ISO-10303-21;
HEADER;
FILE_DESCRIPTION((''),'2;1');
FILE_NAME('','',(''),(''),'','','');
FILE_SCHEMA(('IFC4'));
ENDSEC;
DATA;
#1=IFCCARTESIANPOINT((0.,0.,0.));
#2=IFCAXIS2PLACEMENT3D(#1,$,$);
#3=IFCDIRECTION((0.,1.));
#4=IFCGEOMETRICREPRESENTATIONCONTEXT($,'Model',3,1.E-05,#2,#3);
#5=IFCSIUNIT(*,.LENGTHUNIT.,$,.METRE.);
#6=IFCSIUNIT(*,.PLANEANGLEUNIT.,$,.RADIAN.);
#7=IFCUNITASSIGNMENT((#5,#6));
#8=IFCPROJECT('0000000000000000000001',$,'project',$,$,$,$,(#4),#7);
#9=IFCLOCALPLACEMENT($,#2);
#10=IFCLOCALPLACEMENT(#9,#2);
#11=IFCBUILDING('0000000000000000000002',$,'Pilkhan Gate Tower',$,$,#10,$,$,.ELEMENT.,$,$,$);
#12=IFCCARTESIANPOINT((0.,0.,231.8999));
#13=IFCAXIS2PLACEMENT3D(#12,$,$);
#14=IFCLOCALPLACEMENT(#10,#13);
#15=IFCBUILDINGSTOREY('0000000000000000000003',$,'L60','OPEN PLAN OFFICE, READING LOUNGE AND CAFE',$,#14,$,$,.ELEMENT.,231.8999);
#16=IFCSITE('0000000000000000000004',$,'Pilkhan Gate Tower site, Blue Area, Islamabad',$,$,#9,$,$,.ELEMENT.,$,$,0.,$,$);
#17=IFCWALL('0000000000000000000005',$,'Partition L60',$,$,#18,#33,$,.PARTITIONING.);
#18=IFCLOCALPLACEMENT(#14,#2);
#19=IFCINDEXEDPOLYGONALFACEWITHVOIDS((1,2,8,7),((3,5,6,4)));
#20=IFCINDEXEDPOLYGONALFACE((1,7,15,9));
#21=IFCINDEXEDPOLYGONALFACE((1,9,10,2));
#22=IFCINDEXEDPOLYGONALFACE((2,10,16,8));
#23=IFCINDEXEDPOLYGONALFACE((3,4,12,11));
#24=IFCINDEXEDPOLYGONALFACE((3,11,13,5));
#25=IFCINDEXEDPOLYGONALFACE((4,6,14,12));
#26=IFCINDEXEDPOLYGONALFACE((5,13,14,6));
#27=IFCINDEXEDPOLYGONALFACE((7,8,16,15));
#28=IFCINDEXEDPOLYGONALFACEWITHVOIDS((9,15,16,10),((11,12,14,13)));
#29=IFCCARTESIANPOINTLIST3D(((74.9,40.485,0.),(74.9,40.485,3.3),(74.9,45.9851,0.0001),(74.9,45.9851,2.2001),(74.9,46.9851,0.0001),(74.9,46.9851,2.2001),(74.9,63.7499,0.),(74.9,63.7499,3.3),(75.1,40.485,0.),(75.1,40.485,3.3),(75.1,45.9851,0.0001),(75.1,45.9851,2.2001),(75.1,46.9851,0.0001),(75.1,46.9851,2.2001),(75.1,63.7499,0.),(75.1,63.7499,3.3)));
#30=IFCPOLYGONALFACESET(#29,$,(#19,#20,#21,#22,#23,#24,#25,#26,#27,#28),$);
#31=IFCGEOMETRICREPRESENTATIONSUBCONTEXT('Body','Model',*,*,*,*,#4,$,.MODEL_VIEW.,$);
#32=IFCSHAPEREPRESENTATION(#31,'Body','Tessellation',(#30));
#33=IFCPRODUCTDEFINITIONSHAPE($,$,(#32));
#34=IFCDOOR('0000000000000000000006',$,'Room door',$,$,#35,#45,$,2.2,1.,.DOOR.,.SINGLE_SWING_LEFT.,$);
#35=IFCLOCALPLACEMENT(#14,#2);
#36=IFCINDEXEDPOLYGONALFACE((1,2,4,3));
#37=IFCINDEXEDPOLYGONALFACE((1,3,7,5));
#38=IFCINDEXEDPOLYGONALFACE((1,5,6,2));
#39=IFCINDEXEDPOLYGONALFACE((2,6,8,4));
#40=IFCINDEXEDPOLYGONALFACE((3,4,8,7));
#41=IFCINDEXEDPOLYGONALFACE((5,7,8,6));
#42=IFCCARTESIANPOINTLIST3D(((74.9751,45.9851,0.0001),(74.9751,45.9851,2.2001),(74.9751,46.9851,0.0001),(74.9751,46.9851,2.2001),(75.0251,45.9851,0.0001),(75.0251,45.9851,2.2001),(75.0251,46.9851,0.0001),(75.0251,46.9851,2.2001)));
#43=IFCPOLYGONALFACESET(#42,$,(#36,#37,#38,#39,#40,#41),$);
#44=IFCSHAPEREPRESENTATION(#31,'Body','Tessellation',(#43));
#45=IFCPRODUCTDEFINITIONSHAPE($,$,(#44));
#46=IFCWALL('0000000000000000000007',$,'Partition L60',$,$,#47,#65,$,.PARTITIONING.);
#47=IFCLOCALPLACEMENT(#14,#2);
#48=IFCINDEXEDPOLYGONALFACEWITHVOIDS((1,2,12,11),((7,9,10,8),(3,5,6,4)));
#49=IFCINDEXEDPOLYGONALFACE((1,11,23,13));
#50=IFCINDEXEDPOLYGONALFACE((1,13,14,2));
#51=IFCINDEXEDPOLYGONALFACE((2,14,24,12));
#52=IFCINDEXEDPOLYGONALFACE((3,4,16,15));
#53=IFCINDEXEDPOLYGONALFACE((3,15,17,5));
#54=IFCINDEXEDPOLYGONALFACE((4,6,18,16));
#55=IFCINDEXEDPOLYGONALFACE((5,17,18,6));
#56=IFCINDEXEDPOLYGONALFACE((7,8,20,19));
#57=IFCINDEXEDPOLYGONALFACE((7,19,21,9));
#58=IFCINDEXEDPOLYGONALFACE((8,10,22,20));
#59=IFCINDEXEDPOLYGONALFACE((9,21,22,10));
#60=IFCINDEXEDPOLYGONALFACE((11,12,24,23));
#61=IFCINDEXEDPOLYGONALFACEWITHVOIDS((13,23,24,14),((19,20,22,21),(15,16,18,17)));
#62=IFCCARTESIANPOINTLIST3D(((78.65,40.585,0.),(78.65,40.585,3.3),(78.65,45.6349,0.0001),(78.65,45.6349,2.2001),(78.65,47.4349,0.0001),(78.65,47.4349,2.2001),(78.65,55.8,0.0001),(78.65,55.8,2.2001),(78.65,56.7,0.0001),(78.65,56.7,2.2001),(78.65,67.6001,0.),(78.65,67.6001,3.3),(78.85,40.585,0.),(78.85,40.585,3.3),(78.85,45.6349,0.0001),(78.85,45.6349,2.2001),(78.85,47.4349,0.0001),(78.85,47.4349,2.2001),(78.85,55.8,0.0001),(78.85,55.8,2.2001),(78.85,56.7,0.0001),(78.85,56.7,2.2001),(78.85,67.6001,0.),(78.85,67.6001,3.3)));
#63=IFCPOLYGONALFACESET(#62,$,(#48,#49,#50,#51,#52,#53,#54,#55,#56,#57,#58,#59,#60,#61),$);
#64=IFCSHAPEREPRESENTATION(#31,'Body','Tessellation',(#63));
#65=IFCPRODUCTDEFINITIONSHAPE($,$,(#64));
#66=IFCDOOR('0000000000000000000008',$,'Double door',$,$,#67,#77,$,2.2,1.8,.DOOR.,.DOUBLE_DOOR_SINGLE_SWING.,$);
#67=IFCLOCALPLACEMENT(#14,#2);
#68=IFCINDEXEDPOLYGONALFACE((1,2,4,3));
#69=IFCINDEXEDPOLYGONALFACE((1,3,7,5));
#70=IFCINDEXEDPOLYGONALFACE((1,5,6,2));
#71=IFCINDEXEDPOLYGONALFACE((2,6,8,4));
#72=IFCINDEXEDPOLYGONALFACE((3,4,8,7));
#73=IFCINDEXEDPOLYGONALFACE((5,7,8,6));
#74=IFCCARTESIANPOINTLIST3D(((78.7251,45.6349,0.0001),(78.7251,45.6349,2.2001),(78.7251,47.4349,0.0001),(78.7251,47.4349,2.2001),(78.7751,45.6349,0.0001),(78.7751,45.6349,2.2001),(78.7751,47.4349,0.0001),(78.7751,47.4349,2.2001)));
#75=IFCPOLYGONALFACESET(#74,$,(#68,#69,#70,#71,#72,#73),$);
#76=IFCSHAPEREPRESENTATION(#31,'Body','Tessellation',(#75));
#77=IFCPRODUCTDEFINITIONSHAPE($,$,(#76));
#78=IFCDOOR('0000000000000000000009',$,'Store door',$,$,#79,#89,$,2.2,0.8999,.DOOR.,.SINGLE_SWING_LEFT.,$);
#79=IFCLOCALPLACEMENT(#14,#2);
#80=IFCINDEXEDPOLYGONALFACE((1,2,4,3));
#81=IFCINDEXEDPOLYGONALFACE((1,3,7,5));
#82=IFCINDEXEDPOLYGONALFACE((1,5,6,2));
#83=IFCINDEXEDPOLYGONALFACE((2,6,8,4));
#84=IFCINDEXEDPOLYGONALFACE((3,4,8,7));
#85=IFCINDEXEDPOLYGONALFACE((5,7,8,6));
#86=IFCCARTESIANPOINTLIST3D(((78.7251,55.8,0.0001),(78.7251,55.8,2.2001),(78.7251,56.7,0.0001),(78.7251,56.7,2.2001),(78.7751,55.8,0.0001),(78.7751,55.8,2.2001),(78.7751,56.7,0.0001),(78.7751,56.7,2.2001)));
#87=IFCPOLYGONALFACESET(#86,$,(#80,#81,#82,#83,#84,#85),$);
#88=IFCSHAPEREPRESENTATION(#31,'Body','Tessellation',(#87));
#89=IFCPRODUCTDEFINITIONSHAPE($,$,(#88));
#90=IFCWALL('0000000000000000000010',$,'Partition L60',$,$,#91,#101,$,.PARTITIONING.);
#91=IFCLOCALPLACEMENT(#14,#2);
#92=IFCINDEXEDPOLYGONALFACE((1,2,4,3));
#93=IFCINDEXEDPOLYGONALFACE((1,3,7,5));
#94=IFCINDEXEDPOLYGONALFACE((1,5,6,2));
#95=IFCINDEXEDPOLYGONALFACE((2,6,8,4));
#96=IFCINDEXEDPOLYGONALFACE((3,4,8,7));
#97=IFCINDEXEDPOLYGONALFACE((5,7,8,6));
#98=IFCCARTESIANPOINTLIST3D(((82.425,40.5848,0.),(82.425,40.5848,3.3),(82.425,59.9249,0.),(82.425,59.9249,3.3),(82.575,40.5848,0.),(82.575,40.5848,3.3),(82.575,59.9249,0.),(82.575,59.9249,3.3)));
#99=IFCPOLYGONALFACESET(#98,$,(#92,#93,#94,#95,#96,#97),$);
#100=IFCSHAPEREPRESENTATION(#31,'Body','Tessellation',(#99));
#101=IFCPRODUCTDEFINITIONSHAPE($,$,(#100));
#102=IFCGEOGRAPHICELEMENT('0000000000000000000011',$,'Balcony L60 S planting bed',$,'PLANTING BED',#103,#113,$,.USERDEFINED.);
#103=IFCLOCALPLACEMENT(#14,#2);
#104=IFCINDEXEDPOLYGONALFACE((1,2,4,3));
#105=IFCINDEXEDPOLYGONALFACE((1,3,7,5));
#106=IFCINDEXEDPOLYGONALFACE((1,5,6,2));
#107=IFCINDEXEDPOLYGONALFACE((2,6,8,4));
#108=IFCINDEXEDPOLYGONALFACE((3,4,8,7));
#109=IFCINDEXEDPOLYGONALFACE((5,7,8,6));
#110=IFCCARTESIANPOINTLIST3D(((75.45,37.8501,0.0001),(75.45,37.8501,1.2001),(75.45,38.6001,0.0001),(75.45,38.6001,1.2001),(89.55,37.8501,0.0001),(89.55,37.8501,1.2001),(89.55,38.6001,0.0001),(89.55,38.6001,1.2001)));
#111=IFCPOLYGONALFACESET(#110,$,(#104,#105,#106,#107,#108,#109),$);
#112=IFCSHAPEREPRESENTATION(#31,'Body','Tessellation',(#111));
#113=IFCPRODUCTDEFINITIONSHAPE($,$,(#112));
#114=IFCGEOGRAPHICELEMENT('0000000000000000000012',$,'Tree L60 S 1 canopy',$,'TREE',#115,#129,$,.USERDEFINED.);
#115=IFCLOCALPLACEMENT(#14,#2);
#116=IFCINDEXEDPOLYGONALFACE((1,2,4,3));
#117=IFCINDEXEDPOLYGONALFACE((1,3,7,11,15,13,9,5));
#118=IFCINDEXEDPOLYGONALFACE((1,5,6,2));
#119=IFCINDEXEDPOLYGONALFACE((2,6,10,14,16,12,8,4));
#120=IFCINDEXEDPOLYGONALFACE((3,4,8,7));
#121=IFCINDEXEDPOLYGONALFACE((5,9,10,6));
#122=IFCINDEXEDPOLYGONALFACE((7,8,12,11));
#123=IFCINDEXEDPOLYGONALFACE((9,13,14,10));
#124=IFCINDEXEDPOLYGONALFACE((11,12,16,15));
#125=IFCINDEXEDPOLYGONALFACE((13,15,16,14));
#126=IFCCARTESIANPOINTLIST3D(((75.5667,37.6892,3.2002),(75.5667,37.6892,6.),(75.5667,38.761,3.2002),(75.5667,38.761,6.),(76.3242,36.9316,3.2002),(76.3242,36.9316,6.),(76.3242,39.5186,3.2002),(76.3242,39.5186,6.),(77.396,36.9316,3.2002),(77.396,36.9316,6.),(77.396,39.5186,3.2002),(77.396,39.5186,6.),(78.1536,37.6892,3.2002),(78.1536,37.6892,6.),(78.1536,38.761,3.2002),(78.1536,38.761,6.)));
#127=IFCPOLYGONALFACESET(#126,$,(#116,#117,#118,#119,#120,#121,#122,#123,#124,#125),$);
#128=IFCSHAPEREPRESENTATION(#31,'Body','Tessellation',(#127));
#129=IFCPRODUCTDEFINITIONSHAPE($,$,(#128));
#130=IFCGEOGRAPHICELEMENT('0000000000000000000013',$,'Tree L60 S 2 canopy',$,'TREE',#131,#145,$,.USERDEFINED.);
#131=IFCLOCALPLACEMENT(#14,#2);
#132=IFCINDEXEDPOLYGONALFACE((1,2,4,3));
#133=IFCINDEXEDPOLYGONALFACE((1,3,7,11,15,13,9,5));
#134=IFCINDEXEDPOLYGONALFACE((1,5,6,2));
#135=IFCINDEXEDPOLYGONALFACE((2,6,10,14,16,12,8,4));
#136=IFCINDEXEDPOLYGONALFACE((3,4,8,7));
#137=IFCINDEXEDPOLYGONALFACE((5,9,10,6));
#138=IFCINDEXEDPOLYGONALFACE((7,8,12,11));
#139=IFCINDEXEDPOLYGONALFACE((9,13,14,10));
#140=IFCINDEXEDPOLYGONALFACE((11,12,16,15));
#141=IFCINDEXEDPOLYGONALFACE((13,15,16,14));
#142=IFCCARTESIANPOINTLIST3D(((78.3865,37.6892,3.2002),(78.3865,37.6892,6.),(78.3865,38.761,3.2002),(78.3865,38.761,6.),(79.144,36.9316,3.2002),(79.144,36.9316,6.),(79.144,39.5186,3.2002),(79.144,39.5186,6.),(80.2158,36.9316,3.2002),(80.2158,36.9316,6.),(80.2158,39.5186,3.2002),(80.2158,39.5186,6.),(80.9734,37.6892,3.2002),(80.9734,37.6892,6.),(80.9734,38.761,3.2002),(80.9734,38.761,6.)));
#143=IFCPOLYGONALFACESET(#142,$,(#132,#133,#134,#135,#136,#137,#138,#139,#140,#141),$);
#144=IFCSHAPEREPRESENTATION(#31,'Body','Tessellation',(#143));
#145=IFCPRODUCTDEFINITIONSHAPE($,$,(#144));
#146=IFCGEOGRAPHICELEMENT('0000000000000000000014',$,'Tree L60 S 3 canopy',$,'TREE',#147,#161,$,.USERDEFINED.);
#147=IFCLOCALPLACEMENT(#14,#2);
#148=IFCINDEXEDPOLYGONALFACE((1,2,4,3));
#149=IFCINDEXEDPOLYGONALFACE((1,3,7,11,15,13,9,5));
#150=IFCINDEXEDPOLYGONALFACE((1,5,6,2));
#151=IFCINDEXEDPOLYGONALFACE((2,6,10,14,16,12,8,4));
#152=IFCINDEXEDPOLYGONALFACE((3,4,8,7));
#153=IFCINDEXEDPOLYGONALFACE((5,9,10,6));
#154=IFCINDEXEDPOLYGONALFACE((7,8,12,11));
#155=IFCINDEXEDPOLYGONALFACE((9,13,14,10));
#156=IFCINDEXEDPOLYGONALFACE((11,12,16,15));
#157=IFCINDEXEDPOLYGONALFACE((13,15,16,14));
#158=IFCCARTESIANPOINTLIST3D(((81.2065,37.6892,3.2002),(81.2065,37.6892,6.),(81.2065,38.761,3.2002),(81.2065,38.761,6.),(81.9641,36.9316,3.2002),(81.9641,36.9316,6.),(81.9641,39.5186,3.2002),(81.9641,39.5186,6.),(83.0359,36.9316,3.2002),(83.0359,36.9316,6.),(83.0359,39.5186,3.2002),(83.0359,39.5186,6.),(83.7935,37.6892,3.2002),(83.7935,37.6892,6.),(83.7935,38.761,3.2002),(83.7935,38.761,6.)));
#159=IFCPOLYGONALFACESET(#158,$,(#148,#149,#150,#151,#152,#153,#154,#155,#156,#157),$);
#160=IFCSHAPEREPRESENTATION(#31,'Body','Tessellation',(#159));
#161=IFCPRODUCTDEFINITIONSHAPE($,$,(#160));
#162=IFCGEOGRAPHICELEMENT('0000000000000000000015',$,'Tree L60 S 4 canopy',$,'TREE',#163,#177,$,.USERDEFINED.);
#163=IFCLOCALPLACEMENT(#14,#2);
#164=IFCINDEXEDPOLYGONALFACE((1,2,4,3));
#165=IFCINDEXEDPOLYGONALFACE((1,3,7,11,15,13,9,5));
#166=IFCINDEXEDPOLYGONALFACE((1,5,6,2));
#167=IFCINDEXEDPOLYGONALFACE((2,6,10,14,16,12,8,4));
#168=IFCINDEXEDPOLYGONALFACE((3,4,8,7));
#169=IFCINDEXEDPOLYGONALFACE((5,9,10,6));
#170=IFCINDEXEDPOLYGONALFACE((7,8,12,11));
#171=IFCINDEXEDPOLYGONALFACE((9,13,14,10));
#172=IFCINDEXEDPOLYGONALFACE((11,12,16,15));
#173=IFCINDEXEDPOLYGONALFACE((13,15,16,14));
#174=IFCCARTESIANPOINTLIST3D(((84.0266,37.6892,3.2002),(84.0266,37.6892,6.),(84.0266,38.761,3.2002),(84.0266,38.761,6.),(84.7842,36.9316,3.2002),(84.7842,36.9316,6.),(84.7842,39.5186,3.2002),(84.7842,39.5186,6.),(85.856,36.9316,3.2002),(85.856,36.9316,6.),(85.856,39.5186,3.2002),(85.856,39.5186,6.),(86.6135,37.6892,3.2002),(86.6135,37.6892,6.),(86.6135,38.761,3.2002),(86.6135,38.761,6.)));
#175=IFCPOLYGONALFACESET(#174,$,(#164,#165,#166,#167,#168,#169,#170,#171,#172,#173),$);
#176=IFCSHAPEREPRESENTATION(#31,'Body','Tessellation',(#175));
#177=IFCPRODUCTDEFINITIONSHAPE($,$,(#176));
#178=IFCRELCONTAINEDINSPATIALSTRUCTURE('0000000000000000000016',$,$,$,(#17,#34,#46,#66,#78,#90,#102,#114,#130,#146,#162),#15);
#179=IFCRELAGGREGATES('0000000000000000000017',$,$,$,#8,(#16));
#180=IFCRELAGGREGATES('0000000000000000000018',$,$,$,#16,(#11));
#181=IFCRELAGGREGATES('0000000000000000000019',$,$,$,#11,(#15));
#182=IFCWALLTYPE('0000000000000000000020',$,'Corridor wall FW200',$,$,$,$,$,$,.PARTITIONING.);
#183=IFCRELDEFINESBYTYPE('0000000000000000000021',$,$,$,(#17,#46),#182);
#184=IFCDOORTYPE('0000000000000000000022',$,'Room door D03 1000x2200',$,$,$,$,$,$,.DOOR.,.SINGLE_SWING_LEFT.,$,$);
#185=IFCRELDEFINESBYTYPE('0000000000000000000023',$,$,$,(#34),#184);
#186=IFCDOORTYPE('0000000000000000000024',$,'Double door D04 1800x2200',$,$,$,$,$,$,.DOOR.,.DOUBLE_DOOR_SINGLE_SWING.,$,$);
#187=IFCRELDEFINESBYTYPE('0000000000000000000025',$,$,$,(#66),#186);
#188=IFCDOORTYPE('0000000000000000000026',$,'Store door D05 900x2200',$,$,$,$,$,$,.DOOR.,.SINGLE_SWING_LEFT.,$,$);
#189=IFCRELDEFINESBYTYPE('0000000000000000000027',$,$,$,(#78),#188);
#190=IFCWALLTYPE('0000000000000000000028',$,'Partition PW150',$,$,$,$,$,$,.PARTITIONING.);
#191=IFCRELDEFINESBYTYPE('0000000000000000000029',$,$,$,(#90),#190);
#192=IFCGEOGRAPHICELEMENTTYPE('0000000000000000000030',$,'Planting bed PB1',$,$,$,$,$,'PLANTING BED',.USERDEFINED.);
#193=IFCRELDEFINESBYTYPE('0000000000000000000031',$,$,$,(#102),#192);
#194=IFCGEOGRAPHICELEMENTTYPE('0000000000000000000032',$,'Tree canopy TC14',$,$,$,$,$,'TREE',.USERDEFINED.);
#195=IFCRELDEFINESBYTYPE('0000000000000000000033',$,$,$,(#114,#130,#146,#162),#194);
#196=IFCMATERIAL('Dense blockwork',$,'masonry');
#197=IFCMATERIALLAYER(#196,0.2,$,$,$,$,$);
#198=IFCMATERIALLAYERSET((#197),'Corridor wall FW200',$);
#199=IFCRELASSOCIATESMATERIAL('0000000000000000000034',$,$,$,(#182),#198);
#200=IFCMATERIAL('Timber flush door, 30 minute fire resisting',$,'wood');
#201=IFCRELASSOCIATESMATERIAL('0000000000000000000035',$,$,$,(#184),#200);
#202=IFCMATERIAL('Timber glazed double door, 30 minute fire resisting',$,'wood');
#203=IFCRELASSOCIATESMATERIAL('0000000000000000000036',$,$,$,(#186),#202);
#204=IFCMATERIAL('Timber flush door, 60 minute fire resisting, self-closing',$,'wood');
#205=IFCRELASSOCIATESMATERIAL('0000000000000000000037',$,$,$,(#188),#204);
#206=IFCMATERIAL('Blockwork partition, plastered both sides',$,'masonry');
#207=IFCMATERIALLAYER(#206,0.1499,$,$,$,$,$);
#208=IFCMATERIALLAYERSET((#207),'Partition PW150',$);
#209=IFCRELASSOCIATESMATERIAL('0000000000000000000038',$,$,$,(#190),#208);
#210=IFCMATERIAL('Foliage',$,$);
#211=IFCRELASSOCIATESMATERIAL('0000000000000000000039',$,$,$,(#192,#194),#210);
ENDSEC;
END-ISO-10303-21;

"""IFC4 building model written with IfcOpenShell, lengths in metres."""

from ifc_helpers import new_model, si_unit, direction, frame, frame_2d, origin, origin_2d, place, context, subcontext, project, spatial, polyline, rectangle, outline, extrude, material, layer, layer_set, material_profile, profile_set, type_object, element, fill, save


model = new_model("IFC4")

# Units and contexts
model_context = context("Model", 3, precision=1e-05, world=origin(), true_north=direction((0.0, 1.0)))
body_context = subcontext(model_context, "Body", "Model", "MODEL_VIEW")
ifc_project = project(units=[si_unit("LENGTHUNIT", "METRE"), si_unit("PLANEANGLEUNIT", "RADIAN")], contexts=[model_context])

# Site, building, storey
site_placement = place(None, origin())
site = spatial("IfcSite", under=ifc_project, at=site_placement, Name="Pilkhan Gate Tower site, Blue Area, Islamabad", CompositionType="ELEMENT", RefElevation=0.0)
building_placement = place(site_placement, origin())
building = spatial("IfcBuilding", under=site, at=building_placement, Name="Pilkhan Gate Tower", CompositionType="ELEMENT")
storey_placement = place(building_placement, frame((0.0, 0.0, 231.8999)))
storey = spatial("IfcBuildingStorey", under=building, at=storey_placement, Name="L60", Description="OPEN PLAN OFFICE, READING LOUNGE AND CAFE", CompositionType="ELEMENT", Elevation=231.8999)

# Wall, opening, door
ifc_material_1 = material(Name="Dense blockwork", Category="masonry")
ifc_layer_1 = layer(ifc_material_1, 0.2)
ifc_layer_set_1 = layer_set([ifc_layer_1], Name="Corridor wall FW200")
wall_type_1 = type_object("IfcWallType", Name="Corridor wall FW200", PredefinedType="PARTITIONING", material=ifc_layer_set_1)
wall_1_placement = place(storey_placement, frame((75.0, 40.4851, 0.0), z_axis=(0.0, 0.0, 1.0), x_axis=(0.0, 1.0, 0.0)))
wall_1 = element("IfcWall", 1, at=wall_1_placement, inside=storey, type_object=wall_type_1, Name="Partition L60", PredefinedType="PARTITIONING", context=body_context, shape_type="SweptSolid", body=[
    extrude(rectangle(XDim=23.2649, YDim=0.2, at=frame_2d((11.6323, 0.0))), origin(), (0.0, 0.0, 1.0), 3.3),
])
opening_1_placement = place(wall_1_placement, frame((5.5, 0.0, 0.0)))
opening_1 = element("IfcOpeningElement", 2, at=opening_1_placement, cuts=wall_1, PredefinedType="OPENING", context=body_context, shape_type="SweptSolid", body=[
    extrude(rectangle(XDim=1.0, YDim=2.2, at=frame_2d((0.5, 1.1001))), frame((0.0, 0.1099, 0.0), z_axis=(0.0, -1.0, 0.0), x_axis=(1.0, 0.0, 0.0)), (0.0, 0.0, 1.0), 0.22),
])
ifc_material_2 = material(Name="Timber flush door, 30 minute fire resisting", Category="wood")
door_type_1 = type_object("IfcDoorType", Name="Room door D03 1000x2200", OperationType="SINGLE_SWING_LEFT", PredefinedType="DOOR", material=ifc_material_2)
door_1_placement = place(opening_1_placement, origin())
door_1 = element("IfcDoor", 3, at=door_1_placement, inside=storey, type_object=door_type_1, Name="Room door", OperationType="SINGLE_SWING_LEFT", OverallHeight=2.2, OverallWidth=1.0, PredefinedType="DOOR", context=body_context, shape_type="SweptSolid", body=[
    extrude(rectangle(XDim=1.0, YDim=2.2, at=frame_2d((0.5, 1.1001))), frame((0.0, 0.0249, 0.0), z_axis=(0.0, -1.0, 0.0), x_axis=(1.0, 0.0, 0.0)), (0.0, 0.0, 1.0), 0.05),
])
fill(opening_1, door_1)

# Wall, openings, doors
wall_2_placement = place(storey_placement, frame((78.75, 40.585, 0.0), z_axis=(0.0, 0.0, 1.0), x_axis=(0.0, 1.0, 0.0)))
wall_2 = element("IfcWall", 4, at=wall_2_placement, inside=storey, type_object=wall_type_1, Name="Partition L60", PredefinedType="PARTITIONING", context=body_context, shape_type="SweptSolid", body=[
    extrude(rectangle(XDim=27.0151, YDim=0.2, at=frame_2d((13.5076, 0.0))), origin(), (0.0, 0.0, 1.0), 3.3),
])
opening_2_placement = place(wall_2_placement, frame((5.05, 0.0, 0.0)))
opening_2 = element("IfcOpeningElement", 5, at=opening_2_placement, cuts=wall_2, PredefinedType="OPENING", context=body_context, shape_type="SweptSolid", body=[
    extrude(rectangle(XDim=1.8, YDim=2.2, at=frame_2d((0.8999, 1.1001))), frame((0.0, 0.1099, 0.0), z_axis=(0.0, -1.0, 0.0), x_axis=(1.0, 0.0, 0.0)), (0.0, 0.0, 1.0), 0.22),
])
opening_3_placement = place(wall_2_placement, frame((15.2151, 0.0, 0.0)))
opening_3 = element("IfcOpeningElement", 6, at=opening_3_placement, cuts=wall_2, PredefinedType="OPENING", context=body_context, shape_type="SweptSolid", body=[
    extrude(rectangle(XDim=0.8999, YDim=2.2, at=frame_2d((0.45, 1.1001))), frame((0.0, 0.1099, 0.0), z_axis=(0.0, -1.0, 0.0), x_axis=(1.0, 0.0, 0.0)), (0.0, 0.0, 1.0), 0.22),
])
ifc_material_3 = material(Name="Timber glazed double door, 30 minute fire resisting", Category="wood")
door_type_2 = type_object("IfcDoorType", Name="Double door D04 1800x2200", OperationType="DOUBLE_DOOR_SINGLE_SWING", PredefinedType="DOOR", material=ifc_material_3)
door_2_placement = place(opening_2_placement, origin())
door_2 = element("IfcDoor", 7, at=door_2_placement, inside=storey, type_object=door_type_2, Name="Double door", OperationType="DOUBLE_DOOR_SINGLE_SWING", OverallHeight=2.2, OverallWidth=1.8, PredefinedType="DOOR", context=body_context, shape_type="SweptSolid", body=[
    extrude(rectangle(XDim=1.8, YDim=2.2, at=frame_2d((0.8999, 1.1001))), frame((0.0, 0.0249, 0.0), z_axis=(0.0, -1.0, 0.0), x_axis=(1.0, 0.0, 0.0)), (0.0, 0.0, 1.0), 0.05),
])
fill(opening_2, door_2)
ifc_material_4 = material(Name="Timber flush door, 60 minute fire resisting, self-closing", Category="wood")
door_type_3 = type_object("IfcDoorType", Name="Store door D05 900x2200", OperationType="SINGLE_SWING_LEFT", PredefinedType="DOOR", material=ifc_material_4)
door_3_placement = place(opening_3_placement, origin())
door_3 = element("IfcDoor", 8, at=door_3_placement, inside=storey, type_object=door_type_3, Name="Store door", OperationType="SINGLE_SWING_LEFT", OverallHeight=2.2, OverallWidth=0.8999, PredefinedType="DOOR", context=body_context, shape_type="SweptSolid", body=[
    extrude(rectangle(XDim=0.8999, YDim=2.2, at=frame_2d((0.45, 1.1001))), frame((0.0, 0.0249, 0.0), z_axis=(0.0, -1.0, 0.0), x_axis=(1.0, 0.0, 0.0)), (0.0, 0.0, 1.0), 0.05),
])
fill(opening_3, door_3)

# Wall
ifc_material_5 = material(Name="Blockwork partition, plastered both sides", Category="masonry")
ifc_layer_2 = layer(ifc_material_5, 0.1499)
ifc_layer_set_2 = layer_set([ifc_layer_2], Name="Partition PW150")
wall_type_2 = type_object("IfcWallType", Name="Partition PW150", PredefinedType="PARTITIONING", material=ifc_layer_set_2)
wall_3_placement = place(storey_placement, frame((82.5, 40.585, 0.0), z_axis=(0.0, 0.0, 1.0), x_axis=(0.0, 1.0, 0.0)))
element("IfcWall", 9, at=wall_3_placement, inside=storey, type_object=wall_type_2, Name="Partition L60", PredefinedType="PARTITIONING", context=body_context, shape_type="SweptSolid", body=[
    extrude(rectangle(XDim=19.3401, YDim=0.1499, at=frame_2d((9.6699, 0.0))), origin(), (0.0, 0.0, 1.0), 3.3),
])

# Geographic elements
ifc_material_6 = material(Name="Foliage")
ifc_material_profile_1 = material_profile(ifc_material_6, rectangle(XDim=0.75, YDim=1.2, at=origin_2d()), Name="Bed 750x1200")
ifc_profile_set_1 = profile_set([ifc_material_profile_1], Name="Foliage")
geographic_element_type_1 = type_object("IfcGeographicElementType", Name="Planting bed PB1", ElementType="PLANTING BED", PredefinedType="USERDEFINED", material=ifc_profile_set_1)
geographic_element_placement = place(storey_placement, frame((75.45, 38.2251, 0.6001), z_axis=(1.0, 0.0, 0.0), x_axis=(0.0, 1.0, 0.0)))
element("IfcGeographicElement", 10, at=geographic_element_placement, inside=storey, type_object=geographic_element_type_1, Name="Balcony L60 S planting bed", ObjectType="PLANTING BED", PredefinedType="USERDEFINED", context=body_context, shape_type="SweptSolid", body=[
    extrude(rectangle(XDim=0.75, YDim=1.2, at=origin_2d()), origin(), (0.0, 0.0, 1.0), 14.1001),
])
ifc_material_profile_2 = material_profile(ifc_material_6, outline(polyline([(1.2935, 0.5359), (0.5359, 1.2935), (-0.5359, 1.2935), (-1.2935, 0.5359), (-1.2935, -0.5359), (-0.5359, -1.2935), (0.5359, -1.2935), (1.2935, -0.5359), (1.2935, 0.5359)])), Name="Canopy D2.8")
ifc_profile_set_2 = profile_set([ifc_material_profile_2], Name="Foliage")
geographic_element_type_2 = type_object("IfcGeographicElementType", Name="Tree canopy TC14", ElementType="TREE", PredefinedType="USERDEFINED", material=ifc_profile_set_2)
for number, where, z_axis, x_axis, name in (
    (11, (76.8601, 38.2251, 3.2002), (0.0, 0.0, 1.0), (1.0, 0.0, 0.0), "Tree L60 S 1 canopy"),
    (12, (79.6799, 38.2251, 3.2002), (0.0, 0.0, 1.0), (1.0, 0.0, 0.0), "Tree L60 S 2 canopy"),
    (13, (82.5, 38.2251, 3.2002), (0.0, 0.0, 1.0), (1.0, 0.0, 0.0), "Tree L60 S 3 canopy"),
    (14, (85.3201, 38.2251, 3.2002), (0.0, 0.0, 1.0), (1.0, 0.0, 0.0), "Tree L60 S 4 canopy"),
):
    element("IfcGeographicElement", number, at=place(storey_placement, frame(where, z_axis=z_axis, x_axis=x_axis)), inside=storey, type_object=geographic_element_type_2, Name=name, ObjectType="TREE", PredefinedType="USERDEFINED", context=body_context, shape_type="SweptSolid", body=[
        extrude(outline(polyline([(1.2935, 0.5359), (0.5359, 1.2935), (-0.5359, 1.2935), (-1.2935, 0.5359), (-1.2935, -0.5359), (-0.5359, -1.2935), (0.5359, -1.2935), (1.2935, -0.5359), (1.2935, 0.5359)])), origin(), (0.0, 0.0, 1.0), 2.7998),
    ])

save(model, "model.ifc")
